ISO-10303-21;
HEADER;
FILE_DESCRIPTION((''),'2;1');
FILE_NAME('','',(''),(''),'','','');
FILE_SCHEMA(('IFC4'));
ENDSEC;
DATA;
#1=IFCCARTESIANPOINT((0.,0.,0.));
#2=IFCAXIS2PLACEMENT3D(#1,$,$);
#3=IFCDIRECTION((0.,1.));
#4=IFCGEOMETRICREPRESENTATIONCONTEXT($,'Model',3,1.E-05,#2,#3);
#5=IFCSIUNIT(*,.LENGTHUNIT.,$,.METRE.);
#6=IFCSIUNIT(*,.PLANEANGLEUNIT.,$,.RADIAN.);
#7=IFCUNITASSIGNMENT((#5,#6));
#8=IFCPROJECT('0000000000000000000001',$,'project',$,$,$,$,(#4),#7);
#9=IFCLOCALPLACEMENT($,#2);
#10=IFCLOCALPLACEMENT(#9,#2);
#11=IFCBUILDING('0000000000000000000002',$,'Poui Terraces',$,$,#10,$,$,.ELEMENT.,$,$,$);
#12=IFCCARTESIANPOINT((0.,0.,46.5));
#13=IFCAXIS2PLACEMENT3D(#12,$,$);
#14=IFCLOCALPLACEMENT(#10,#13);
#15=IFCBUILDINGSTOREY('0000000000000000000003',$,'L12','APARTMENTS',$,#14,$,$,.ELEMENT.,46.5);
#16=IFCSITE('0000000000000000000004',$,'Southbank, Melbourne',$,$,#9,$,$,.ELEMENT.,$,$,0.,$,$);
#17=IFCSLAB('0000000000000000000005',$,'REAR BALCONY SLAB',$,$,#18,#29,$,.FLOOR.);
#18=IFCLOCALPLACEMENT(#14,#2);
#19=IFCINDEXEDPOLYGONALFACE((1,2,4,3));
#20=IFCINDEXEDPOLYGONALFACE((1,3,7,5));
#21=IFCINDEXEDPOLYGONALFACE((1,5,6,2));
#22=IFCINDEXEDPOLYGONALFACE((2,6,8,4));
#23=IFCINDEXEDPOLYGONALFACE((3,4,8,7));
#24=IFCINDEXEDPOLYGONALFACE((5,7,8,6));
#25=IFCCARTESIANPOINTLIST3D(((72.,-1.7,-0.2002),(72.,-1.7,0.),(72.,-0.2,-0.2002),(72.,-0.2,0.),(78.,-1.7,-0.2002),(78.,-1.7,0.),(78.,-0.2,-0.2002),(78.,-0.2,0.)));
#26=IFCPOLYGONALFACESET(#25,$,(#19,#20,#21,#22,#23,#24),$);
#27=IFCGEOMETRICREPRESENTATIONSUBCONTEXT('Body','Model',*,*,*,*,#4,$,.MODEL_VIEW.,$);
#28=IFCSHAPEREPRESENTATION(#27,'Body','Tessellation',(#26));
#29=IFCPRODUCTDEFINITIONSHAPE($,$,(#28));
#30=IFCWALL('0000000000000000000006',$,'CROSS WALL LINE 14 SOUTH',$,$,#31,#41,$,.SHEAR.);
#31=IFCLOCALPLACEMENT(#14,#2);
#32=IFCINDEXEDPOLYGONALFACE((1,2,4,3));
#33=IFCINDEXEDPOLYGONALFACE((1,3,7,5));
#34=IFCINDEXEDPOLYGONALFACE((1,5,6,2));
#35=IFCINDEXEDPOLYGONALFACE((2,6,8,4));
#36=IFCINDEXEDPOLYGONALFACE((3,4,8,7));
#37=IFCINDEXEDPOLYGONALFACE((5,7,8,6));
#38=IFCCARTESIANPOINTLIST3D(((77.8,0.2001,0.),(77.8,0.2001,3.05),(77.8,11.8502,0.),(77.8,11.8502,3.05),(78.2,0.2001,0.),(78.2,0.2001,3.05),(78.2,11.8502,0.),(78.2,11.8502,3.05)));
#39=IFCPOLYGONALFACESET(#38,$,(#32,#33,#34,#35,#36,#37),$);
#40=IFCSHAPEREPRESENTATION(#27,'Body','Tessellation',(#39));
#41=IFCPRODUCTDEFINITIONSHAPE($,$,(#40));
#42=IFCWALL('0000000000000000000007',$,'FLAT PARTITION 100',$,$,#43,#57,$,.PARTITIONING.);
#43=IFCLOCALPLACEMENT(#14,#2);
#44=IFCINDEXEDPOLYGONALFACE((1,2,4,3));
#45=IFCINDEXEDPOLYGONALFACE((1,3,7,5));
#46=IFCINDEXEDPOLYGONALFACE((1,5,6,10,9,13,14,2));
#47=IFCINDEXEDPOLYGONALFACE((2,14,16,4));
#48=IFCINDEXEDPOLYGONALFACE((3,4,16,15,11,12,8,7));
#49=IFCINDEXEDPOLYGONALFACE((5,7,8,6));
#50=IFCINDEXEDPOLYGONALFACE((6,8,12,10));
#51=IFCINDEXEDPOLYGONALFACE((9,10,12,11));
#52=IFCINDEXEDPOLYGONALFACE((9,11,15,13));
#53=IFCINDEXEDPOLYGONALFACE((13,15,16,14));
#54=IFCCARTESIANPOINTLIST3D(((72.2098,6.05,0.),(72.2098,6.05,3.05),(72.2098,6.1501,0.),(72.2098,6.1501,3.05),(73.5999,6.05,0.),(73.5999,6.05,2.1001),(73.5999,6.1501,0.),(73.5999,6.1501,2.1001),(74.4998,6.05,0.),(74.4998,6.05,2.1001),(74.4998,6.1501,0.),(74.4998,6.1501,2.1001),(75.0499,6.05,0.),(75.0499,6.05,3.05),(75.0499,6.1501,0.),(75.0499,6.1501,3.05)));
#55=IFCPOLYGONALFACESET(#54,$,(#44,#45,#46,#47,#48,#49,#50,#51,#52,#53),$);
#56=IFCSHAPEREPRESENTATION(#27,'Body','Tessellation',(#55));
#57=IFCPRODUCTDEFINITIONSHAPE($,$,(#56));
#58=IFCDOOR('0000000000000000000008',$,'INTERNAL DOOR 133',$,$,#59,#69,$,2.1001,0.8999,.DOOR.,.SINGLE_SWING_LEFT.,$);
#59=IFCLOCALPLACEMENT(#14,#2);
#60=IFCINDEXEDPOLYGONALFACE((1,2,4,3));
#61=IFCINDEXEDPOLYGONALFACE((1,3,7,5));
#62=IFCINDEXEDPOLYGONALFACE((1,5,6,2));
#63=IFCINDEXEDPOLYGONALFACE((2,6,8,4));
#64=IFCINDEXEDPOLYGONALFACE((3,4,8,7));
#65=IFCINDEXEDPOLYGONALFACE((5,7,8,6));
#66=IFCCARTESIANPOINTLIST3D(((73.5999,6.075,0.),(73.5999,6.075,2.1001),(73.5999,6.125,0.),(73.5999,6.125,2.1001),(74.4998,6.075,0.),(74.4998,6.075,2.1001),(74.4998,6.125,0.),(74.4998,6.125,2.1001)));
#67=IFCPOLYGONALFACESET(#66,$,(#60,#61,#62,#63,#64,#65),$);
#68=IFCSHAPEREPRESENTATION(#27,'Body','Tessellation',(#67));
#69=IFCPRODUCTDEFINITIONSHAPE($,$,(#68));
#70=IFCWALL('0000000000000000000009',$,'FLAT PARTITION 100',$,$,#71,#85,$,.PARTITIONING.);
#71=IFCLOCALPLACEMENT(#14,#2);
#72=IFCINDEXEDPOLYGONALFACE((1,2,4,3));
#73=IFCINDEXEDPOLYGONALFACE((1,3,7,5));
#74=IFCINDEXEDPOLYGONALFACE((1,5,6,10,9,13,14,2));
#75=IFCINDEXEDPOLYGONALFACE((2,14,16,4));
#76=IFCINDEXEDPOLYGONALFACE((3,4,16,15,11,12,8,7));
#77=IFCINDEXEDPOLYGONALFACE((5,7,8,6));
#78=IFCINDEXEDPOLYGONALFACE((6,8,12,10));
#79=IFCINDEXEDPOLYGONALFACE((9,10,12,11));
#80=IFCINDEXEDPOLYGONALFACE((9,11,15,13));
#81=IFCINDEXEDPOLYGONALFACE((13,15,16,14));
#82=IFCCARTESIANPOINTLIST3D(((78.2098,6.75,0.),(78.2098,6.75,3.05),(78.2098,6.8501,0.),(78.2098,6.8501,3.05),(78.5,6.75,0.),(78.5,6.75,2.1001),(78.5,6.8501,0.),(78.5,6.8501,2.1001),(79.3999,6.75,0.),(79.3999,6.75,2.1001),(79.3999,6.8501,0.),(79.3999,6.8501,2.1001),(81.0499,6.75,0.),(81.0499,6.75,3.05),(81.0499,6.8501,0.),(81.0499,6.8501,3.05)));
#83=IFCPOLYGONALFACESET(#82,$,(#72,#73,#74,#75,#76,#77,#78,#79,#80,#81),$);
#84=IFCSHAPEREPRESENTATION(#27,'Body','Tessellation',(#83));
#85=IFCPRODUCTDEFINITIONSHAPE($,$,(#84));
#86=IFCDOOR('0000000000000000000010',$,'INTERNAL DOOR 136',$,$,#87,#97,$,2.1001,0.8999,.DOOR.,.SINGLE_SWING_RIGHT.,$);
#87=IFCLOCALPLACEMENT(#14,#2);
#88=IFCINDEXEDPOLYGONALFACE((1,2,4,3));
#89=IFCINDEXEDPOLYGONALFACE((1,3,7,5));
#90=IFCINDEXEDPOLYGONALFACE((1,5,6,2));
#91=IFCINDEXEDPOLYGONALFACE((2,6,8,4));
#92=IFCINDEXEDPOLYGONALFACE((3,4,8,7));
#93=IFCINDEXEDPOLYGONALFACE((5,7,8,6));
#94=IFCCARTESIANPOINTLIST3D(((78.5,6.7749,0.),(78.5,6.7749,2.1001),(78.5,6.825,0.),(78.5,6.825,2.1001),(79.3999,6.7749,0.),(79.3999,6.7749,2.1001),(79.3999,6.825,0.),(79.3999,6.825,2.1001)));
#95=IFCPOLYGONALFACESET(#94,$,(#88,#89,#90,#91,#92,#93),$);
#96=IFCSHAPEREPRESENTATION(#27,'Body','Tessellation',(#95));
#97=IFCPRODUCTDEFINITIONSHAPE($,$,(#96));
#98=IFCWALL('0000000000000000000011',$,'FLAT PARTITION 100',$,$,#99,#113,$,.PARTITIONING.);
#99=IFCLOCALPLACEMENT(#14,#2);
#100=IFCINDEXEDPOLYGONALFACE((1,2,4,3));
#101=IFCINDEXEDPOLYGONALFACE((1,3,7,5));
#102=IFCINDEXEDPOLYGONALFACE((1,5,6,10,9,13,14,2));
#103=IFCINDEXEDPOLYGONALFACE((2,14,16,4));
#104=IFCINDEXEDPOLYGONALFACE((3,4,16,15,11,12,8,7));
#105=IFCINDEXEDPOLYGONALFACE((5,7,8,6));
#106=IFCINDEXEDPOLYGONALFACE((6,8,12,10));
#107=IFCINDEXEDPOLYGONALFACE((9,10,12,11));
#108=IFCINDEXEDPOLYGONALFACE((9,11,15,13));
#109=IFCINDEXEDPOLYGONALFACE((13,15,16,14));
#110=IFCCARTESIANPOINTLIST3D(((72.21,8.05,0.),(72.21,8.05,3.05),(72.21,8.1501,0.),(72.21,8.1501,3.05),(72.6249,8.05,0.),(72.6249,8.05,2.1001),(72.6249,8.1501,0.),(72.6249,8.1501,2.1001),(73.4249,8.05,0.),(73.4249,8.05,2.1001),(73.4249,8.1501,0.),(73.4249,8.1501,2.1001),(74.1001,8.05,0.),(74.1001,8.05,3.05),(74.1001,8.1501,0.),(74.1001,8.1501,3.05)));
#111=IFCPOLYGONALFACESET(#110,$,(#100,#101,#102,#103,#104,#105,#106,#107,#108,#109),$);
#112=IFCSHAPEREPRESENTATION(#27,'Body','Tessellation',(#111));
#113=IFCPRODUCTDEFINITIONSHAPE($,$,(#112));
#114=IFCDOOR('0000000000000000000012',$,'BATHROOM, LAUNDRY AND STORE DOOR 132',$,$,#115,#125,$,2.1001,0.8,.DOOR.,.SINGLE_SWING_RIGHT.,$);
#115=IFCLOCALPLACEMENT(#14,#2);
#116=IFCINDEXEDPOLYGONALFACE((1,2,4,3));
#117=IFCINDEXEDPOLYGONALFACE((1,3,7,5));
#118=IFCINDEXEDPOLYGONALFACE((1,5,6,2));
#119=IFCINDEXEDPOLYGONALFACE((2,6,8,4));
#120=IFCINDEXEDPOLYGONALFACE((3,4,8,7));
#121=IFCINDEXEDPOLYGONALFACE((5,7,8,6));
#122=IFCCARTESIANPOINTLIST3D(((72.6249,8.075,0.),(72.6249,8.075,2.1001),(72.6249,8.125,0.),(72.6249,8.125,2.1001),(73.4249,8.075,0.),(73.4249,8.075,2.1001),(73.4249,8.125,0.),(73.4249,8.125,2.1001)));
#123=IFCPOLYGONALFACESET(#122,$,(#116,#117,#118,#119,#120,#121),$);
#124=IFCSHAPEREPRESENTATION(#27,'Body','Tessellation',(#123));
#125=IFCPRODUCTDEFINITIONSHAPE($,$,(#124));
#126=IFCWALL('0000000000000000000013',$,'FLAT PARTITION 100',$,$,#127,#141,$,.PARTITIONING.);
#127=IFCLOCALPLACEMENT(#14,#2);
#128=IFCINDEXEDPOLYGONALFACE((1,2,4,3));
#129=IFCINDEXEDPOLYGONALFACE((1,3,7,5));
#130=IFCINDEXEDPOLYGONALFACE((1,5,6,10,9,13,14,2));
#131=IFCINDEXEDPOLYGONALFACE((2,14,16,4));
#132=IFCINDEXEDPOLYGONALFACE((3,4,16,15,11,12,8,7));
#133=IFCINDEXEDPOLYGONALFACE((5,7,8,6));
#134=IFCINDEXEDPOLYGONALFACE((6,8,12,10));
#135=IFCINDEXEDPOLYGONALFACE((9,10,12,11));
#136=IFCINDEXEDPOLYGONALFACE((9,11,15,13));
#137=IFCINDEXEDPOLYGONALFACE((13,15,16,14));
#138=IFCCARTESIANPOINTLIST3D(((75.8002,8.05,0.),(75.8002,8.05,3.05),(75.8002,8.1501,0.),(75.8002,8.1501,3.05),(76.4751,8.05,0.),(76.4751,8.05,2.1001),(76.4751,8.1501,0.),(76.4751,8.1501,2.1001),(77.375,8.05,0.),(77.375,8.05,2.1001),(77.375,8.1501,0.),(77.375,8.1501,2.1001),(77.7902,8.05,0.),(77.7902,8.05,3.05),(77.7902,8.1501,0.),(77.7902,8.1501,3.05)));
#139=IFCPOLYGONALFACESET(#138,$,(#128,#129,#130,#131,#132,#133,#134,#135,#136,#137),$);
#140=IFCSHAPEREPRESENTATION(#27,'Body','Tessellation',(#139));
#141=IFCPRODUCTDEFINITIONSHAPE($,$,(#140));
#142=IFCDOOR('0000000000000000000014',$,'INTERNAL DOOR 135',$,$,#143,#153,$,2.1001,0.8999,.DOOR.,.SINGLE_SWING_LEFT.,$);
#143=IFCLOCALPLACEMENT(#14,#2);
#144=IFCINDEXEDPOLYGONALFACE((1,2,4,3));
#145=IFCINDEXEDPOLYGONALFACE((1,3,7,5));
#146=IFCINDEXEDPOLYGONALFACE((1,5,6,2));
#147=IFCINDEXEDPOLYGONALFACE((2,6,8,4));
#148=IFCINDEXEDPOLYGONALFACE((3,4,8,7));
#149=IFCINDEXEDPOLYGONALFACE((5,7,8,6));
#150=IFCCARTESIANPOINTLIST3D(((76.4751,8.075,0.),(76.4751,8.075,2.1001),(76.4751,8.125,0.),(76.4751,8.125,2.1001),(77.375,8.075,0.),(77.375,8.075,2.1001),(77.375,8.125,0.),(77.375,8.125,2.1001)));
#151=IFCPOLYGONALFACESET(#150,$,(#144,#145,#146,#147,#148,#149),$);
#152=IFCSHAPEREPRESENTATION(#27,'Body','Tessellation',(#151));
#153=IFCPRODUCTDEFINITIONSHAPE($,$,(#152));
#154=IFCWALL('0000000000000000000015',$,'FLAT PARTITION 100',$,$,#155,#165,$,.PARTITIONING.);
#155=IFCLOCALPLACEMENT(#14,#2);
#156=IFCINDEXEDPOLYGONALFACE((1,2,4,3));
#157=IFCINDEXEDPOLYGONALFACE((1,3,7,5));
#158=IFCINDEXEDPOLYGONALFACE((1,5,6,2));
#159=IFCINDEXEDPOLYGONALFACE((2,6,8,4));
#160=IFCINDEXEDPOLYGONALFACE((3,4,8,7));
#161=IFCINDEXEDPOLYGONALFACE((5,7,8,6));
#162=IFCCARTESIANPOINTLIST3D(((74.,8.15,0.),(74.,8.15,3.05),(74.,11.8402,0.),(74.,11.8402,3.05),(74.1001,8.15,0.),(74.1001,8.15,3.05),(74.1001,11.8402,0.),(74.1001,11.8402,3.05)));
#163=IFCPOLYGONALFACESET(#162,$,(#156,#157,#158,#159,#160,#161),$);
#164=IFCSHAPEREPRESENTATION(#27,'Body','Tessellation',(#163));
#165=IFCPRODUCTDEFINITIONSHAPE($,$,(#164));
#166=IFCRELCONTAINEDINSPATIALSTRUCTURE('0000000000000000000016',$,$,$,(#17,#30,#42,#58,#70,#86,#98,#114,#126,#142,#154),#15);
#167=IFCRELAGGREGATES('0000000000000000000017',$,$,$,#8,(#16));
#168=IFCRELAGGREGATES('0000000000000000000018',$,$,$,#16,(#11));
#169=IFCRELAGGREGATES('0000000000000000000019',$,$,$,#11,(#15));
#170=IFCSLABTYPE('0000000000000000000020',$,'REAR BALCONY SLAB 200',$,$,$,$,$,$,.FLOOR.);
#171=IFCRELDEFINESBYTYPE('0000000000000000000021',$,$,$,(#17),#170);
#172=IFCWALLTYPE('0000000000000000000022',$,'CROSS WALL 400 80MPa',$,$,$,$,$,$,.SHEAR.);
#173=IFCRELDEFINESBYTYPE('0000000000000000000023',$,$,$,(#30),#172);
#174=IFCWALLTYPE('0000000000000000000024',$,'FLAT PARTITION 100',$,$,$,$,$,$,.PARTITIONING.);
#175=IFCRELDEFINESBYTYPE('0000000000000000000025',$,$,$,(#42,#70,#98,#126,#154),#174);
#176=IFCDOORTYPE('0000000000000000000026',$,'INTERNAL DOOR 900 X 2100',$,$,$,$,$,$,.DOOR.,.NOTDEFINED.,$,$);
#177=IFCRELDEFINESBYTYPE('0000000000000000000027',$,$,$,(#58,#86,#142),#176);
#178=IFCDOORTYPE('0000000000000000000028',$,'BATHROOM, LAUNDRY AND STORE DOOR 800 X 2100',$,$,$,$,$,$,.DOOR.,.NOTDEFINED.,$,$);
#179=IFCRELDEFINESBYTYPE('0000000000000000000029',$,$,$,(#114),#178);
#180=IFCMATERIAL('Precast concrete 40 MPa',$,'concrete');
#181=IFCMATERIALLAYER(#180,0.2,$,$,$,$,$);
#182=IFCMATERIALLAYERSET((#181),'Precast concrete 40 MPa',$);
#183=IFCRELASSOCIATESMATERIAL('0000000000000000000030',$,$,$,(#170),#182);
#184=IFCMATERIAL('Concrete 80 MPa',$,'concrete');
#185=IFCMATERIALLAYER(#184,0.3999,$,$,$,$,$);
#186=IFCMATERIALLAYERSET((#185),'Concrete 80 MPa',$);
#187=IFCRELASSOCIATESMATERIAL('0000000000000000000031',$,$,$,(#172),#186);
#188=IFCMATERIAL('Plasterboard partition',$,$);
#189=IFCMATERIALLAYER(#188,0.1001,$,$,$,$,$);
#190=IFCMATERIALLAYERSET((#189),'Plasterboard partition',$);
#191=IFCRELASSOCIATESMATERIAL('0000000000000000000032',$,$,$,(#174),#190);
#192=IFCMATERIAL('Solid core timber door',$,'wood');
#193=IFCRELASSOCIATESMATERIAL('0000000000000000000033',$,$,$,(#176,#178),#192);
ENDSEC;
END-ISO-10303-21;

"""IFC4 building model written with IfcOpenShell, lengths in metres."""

from ifc_helpers import new_model, si_unit, direction, frame, frame_2d, origin, place, context, subcontext, project, spatial, polyline, rectangle, outline, extrude, source, transform, mapped, material, layer, layer_set, type_object, element, fill, save


model = new_model("IFC4")

# Units and contexts
model_context = context("Model", 3, precision=1e-05, world=origin(), true_north=direction((0.0, 1.0)))
body_context = subcontext(model_context, "Body", "Model", "MODEL_VIEW")
ifc_project = project(units=[si_unit("LENGTHUNIT", "METRE"), si_unit("PLANEANGLEUNIT", "RADIAN")], contexts=[model_context])

# Site, building, storey
site_placement = place(None, origin())
site = spatial("IfcSite", under=ifc_project, at=site_placement, Name="Southbank, Melbourne", CompositionType="ELEMENT", RefElevation=0.0)
building_placement = place(site_placement, origin())
building = spatial("IfcBuilding", under=site, at=building_placement, Name="Poui Terraces", CompositionType="ELEMENT")
storey_placement = place(building_placement, frame((0.0, 0.0, 46.5)))
storey = spatial("IfcBuildingStorey", under=building, at=storey_placement, Name="L12", Description="APARTMENTS", CompositionType="ELEMENT", Elevation=46.5)

# Slab
ifc_material_1 = material(Name="Precast concrete 40 MPa", Category="concrete")
ifc_layer_1 = layer(ifc_material_1, 0.2)
ifc_layer_set_1 = layer_set([ifc_layer_1], Name="Precast concrete 40 MPa")
slab_type = type_object("IfcSlabType", Name="REAR BALCONY SLAB 200", PredefinedType="FLOOR", material=ifc_layer_set_1)
shared_shape_1 = source(origin(), body_context, "Body", "SweptSolid", [
    extrude(outline(polyline([(0.0, 0.0), (6.0, 0.0), (6.0, 1.5), (0.0, 1.5), (0.0, 0.0)])), origin(), (0.0, 0.0, 1.0), 0.2002),
])
slab_placement = place(storey_placement, frame((72.0, -1.7, -0.2002)))
element("IfcSlab", 1, at=slab_placement, inside=storey, type_object=slab_type, Name="REAR BALCONY SLAB", PredefinedType="FLOOR", context=body_context, shape_type="MappedRepresentation", body=[
    mapped(shared_shape_1, transform((0.0, 0.0, 0.0))),
])

# Wall
ifc_material_2 = material(Name="Concrete 80 MPa", Category="concrete")
ifc_layer_2 = layer(ifc_material_2, 0.3999)
ifc_layer_set_2 = layer_set([ifc_layer_2], Name="Concrete 80 MPa")
wall_type_1 = type_object("IfcWallType", Name="CROSS WALL 400 80MPa", PredefinedType="SHEAR", material=ifc_layer_set_2)
wall_1_placement = place(storey_placement, frame((78.0, 0.2, 0.0), z_axis=(0.0, 0.0, 1.0), x_axis=(0.0, 1.0, 0.0)))
element("IfcWall", 2, at=wall_1_placement, inside=storey, type_object=wall_type_1, Name="CROSS WALL LINE 14 SOUTH", PredefinedType="SHEAR", context=body_context, shape_type="SweptSolid", body=[
    extrude(rectangle(XDim=11.6501, YDim=0.3999, at=frame_2d((5.8252, 0.0))), origin(), (0.0, 0.0, 1.0), 3.05),
])

# Walls, openings, doors
ifc_material_3 = material(Name="Plasterboard partition")
ifc_layer_3 = layer(ifc_material_3, 0.1001)
ifc_layer_set_3 = layer_set([ifc_layer_3], Name="Plasterboard partition")
wall_type_2 = type_object("IfcWallType", Name="FLAT PARTITION 100", PredefinedType="PARTITIONING", material=ifc_layer_set_3)
wall_2_placement = place(storey_placement, frame((72.21, 6.1001, 0.0), z_axis=(0.0, 0.0, 1.0), x_axis=(1.0, 0.0, 0.0)))
wall_2 = element("IfcWall", 3, at=wall_2_placement, inside=storey, type_object=wall_type_2, Name="FLAT PARTITION 100", PredefinedType="PARTITIONING", context=body_context, shape_type="SweptSolid", body=[
    extrude(rectangle(XDim=2.8401, YDim=0.1001, at=frame_2d((1.4199, 0.0))), origin(), (0.0, 0.0, 1.0), 3.05),
])
opening_1_placement = place(wall_2_placement, frame((1.3899, 0.0, 0.0)))
opening_1 = element("IfcOpeningElement", 4, at=opening_1_placement, cuts=wall_2, PredefinedType="OPENING", context=body_context, shape_type="SweptSolid", body=[
    extrude(rectangle(XDim=0.8999, YDim=2.1001, at=frame_2d((0.45, 1.05))), frame((0.0, 0.0601, 0.0), z_axis=(0.0, -1.0, 0.0), x_axis=(1.0, 0.0, 0.0)), (0.0, 0.0, 1.0), 0.1201),
])
ifc_material_4 = material(Name="Solid core timber door", Category="wood")
door_type_1 = type_object("IfcDoorType", Name="INTERNAL DOOR 900 X 2100", OperationType="NOTDEFINED", PredefinedType="DOOR", material=ifc_material_4)
door_1_placement = place(opening_1_placement, origin())
door_1 = element("IfcDoor", 5, at=door_1_placement, inside=storey, type_object=door_type_1, Name="INTERNAL DOOR 133", OperationType="SINGLE_SWING_LEFT", OverallHeight=2.1001, OverallWidth=0.8999, PredefinedType="DOOR", context=body_context, shape_type="SweptSolid", body=[
    extrude(rectangle(XDim=0.8999, YDim=2.1001, at=frame_2d((0.45, 1.05))), frame((0.0, 0.0249, 0.0), z_axis=(0.0, -1.0, 0.0), x_axis=(1.0, 0.0, 0.0)), (0.0, 0.0, 1.0), 0.05),
])
fill(opening_1, door_1)
wall_3_placement = place(storey_placement, frame((78.21, 6.8, 0.0), z_axis=(0.0, 0.0, 1.0), x_axis=(1.0, 0.0, 0.0)))
wall_3 = element("IfcWall", 6, at=wall_3_placement, inside=storey, type_object=wall_type_2, Name="FLAT PARTITION 100", PredefinedType="PARTITIONING", context=body_context, shape_type="SweptSolid", body=[
    extrude(rectangle(XDim=2.8401, YDim=0.1001, at=frame_2d((1.4199, 0.0))), origin(), (0.0, 0.0, 1.0), 3.05),
])
opening_2_placement = place(wall_3_placement, frame((0.29, 0.0, 0.0)))
opening_2 = element("IfcOpeningElement", 7, at=opening_2_placement, cuts=wall_3, PredefinedType="OPENING", context=body_context, shape_type="SweptSolid", body=[
    extrude(rectangle(XDim=0.8999, YDim=2.1001, at=frame_2d((0.45, 1.05))), frame((0.0, 0.0601, 0.0), z_axis=(0.0, -1.0, 0.0), x_axis=(1.0, 0.0, 0.0)), (0.0, 0.0, 1.0), 0.1201),
])
door_2_placement = place(opening_2_placement, origin())
door_2 = element("IfcDoor", 8, at=door_2_placement, inside=storey, type_object=door_type_1, Name="INTERNAL DOOR 136", OperationType="SINGLE_SWING_RIGHT", OverallHeight=2.1001, OverallWidth=0.8999, PredefinedType="DOOR", context=body_context, shape_type="SweptSolid", body=[
    extrude(rectangle(XDim=0.8999, YDim=2.1001, at=frame_2d((0.45, 1.05))), frame((0.0, 0.0249, 0.0), z_axis=(0.0, -1.0, 0.0), x_axis=(1.0, 0.0, 0.0)), (0.0, 0.0, 1.0), 0.05),
])
fill(opening_2, door_2)
wall_4_placement = place(storey_placement, frame((72.21, 8.1001, 0.0), z_axis=(0.0, 0.0, 1.0), x_axis=(1.0, 0.0, 0.0)))
wall_4 = element("IfcWall", 9, at=wall_4_placement, inside=storey, type_object=wall_type_2, Name="FLAT PARTITION 100", PredefinedType="PARTITIONING", context=body_context, shape_type="SweptSolid", body=[
    extrude(rectangle(XDim=1.8901, YDim=0.1001, at=frame_2d((0.9451, 0.0))), origin(), (0.0, 0.0, 1.0), 3.05),
])
opening_3_placement = place(wall_4_placement, frame((0.415, 0.0, 0.0)))
opening_3 = element("IfcOpeningElement", 10, at=opening_3_placement, cuts=wall_4, PredefinedType="OPENING", context=body_context, shape_type="SweptSolid", body=[
    extrude(rectangle(XDim=0.8, YDim=2.1001, at=frame_2d((0.3999, 1.05))), frame((0.0, 0.0601, 0.0), z_axis=(0.0, -1.0, 0.0), x_axis=(1.0, 0.0, 0.0)), (0.0, 0.0, 1.0), 0.1201),
])
door_type_2 = type_object("IfcDoorType", Name="BATHROOM, LAUNDRY AND STORE DOOR 800 X 2100", OperationType="NOTDEFINED", PredefinedType="DOOR", material=ifc_material_4)
door_3_placement = place(opening_3_placement, origin())
door_3 = element("IfcDoor", 11, at=door_3_placement, inside=storey, type_object=door_type_2, Name="BATHROOM, LAUNDRY AND STORE DOOR 132", OperationType="SINGLE_SWING_RIGHT", OverallHeight=2.1001, OverallWidth=0.8, PredefinedType="DOOR", context=body_context, shape_type="SweptSolid", body=[
    extrude(rectangle(XDim=0.8, YDim=2.1001, at=frame_2d((0.3999, 1.05))), frame((0.0, 0.0249, 0.0), z_axis=(0.0, -1.0, 0.0), x_axis=(1.0, 0.0, 0.0)), (0.0, 0.0, 1.0), 0.05),
])
fill(opening_3, door_3)
wall_5_placement = place(storey_placement, frame((75.8, 8.1001, 0.0), z_axis=(0.0, 0.0, 1.0), x_axis=(1.0, 0.0, 0.0)))
wall_5 = element("IfcWall", 12, at=wall_5_placement, inside=storey, type_object=wall_type_2, Name="FLAT PARTITION 100", PredefinedType="PARTITIONING", context=body_context, shape_type="SweptSolid", body=[
    extrude(rectangle(XDim=1.99, YDim=0.1001, at=frame_2d((0.9951, 0.0))), origin(), (0.0, 0.0, 1.0), 3.05),
])
opening_4_placement = place(wall_5_placement, frame((0.675, 0.0, 0.0)))
opening_4 = element("IfcOpeningElement", 13, at=opening_4_placement, cuts=wall_5, PredefinedType="OPENING", context=body_context, shape_type="SweptSolid", body=[
    extrude(rectangle(XDim=0.8999, YDim=2.1001, at=frame_2d((0.45, 1.05))), frame((0.0, 0.0601, 0.0), z_axis=(0.0, -1.0, 0.0), x_axis=(1.0, 0.0, 0.0)), (0.0, 0.0, 1.0), 0.1201),
])
door_4_placement = place(opening_4_placement, origin())
door_4 = element("IfcDoor", 14, at=door_4_placement, inside=storey, type_object=door_type_1, Name="INTERNAL DOOR 135", OperationType="SINGLE_SWING_LEFT", OverallHeight=2.1001, OverallWidth=0.8999, PredefinedType="DOOR", context=body_context, shape_type="SweptSolid", body=[
    extrude(rectangle(XDim=0.8999, YDim=2.1001, at=frame_2d((0.45, 1.05))), frame((0.0, 0.0249, 0.0), z_axis=(0.0, -1.0, 0.0), x_axis=(1.0, 0.0, 0.0)), (0.0, 0.0, 1.0), 0.05),
])
fill(opening_4, door_4)

# Wall
wall_6_placement = place(storey_placement, frame((74.05, 8.1499, 0.0), z_axis=(0.0, 0.0, 1.0), x_axis=(0.0, 1.0, 0.0)))
element("IfcWall", 15, at=wall_6_placement, inside=storey, type_object=wall_type_2, Name="FLAT PARTITION 100", PredefinedType="PARTITIONING", context=body_context, shape_type="SweptSolid", body=[
    extrude(rectangle(XDim=3.6902, YDim=0.1001, at=frame_2d((1.8452, 0.0))), origin(), (0.0, 0.0, 1.0), 3.05),
])

save(model, "model.ifc")
